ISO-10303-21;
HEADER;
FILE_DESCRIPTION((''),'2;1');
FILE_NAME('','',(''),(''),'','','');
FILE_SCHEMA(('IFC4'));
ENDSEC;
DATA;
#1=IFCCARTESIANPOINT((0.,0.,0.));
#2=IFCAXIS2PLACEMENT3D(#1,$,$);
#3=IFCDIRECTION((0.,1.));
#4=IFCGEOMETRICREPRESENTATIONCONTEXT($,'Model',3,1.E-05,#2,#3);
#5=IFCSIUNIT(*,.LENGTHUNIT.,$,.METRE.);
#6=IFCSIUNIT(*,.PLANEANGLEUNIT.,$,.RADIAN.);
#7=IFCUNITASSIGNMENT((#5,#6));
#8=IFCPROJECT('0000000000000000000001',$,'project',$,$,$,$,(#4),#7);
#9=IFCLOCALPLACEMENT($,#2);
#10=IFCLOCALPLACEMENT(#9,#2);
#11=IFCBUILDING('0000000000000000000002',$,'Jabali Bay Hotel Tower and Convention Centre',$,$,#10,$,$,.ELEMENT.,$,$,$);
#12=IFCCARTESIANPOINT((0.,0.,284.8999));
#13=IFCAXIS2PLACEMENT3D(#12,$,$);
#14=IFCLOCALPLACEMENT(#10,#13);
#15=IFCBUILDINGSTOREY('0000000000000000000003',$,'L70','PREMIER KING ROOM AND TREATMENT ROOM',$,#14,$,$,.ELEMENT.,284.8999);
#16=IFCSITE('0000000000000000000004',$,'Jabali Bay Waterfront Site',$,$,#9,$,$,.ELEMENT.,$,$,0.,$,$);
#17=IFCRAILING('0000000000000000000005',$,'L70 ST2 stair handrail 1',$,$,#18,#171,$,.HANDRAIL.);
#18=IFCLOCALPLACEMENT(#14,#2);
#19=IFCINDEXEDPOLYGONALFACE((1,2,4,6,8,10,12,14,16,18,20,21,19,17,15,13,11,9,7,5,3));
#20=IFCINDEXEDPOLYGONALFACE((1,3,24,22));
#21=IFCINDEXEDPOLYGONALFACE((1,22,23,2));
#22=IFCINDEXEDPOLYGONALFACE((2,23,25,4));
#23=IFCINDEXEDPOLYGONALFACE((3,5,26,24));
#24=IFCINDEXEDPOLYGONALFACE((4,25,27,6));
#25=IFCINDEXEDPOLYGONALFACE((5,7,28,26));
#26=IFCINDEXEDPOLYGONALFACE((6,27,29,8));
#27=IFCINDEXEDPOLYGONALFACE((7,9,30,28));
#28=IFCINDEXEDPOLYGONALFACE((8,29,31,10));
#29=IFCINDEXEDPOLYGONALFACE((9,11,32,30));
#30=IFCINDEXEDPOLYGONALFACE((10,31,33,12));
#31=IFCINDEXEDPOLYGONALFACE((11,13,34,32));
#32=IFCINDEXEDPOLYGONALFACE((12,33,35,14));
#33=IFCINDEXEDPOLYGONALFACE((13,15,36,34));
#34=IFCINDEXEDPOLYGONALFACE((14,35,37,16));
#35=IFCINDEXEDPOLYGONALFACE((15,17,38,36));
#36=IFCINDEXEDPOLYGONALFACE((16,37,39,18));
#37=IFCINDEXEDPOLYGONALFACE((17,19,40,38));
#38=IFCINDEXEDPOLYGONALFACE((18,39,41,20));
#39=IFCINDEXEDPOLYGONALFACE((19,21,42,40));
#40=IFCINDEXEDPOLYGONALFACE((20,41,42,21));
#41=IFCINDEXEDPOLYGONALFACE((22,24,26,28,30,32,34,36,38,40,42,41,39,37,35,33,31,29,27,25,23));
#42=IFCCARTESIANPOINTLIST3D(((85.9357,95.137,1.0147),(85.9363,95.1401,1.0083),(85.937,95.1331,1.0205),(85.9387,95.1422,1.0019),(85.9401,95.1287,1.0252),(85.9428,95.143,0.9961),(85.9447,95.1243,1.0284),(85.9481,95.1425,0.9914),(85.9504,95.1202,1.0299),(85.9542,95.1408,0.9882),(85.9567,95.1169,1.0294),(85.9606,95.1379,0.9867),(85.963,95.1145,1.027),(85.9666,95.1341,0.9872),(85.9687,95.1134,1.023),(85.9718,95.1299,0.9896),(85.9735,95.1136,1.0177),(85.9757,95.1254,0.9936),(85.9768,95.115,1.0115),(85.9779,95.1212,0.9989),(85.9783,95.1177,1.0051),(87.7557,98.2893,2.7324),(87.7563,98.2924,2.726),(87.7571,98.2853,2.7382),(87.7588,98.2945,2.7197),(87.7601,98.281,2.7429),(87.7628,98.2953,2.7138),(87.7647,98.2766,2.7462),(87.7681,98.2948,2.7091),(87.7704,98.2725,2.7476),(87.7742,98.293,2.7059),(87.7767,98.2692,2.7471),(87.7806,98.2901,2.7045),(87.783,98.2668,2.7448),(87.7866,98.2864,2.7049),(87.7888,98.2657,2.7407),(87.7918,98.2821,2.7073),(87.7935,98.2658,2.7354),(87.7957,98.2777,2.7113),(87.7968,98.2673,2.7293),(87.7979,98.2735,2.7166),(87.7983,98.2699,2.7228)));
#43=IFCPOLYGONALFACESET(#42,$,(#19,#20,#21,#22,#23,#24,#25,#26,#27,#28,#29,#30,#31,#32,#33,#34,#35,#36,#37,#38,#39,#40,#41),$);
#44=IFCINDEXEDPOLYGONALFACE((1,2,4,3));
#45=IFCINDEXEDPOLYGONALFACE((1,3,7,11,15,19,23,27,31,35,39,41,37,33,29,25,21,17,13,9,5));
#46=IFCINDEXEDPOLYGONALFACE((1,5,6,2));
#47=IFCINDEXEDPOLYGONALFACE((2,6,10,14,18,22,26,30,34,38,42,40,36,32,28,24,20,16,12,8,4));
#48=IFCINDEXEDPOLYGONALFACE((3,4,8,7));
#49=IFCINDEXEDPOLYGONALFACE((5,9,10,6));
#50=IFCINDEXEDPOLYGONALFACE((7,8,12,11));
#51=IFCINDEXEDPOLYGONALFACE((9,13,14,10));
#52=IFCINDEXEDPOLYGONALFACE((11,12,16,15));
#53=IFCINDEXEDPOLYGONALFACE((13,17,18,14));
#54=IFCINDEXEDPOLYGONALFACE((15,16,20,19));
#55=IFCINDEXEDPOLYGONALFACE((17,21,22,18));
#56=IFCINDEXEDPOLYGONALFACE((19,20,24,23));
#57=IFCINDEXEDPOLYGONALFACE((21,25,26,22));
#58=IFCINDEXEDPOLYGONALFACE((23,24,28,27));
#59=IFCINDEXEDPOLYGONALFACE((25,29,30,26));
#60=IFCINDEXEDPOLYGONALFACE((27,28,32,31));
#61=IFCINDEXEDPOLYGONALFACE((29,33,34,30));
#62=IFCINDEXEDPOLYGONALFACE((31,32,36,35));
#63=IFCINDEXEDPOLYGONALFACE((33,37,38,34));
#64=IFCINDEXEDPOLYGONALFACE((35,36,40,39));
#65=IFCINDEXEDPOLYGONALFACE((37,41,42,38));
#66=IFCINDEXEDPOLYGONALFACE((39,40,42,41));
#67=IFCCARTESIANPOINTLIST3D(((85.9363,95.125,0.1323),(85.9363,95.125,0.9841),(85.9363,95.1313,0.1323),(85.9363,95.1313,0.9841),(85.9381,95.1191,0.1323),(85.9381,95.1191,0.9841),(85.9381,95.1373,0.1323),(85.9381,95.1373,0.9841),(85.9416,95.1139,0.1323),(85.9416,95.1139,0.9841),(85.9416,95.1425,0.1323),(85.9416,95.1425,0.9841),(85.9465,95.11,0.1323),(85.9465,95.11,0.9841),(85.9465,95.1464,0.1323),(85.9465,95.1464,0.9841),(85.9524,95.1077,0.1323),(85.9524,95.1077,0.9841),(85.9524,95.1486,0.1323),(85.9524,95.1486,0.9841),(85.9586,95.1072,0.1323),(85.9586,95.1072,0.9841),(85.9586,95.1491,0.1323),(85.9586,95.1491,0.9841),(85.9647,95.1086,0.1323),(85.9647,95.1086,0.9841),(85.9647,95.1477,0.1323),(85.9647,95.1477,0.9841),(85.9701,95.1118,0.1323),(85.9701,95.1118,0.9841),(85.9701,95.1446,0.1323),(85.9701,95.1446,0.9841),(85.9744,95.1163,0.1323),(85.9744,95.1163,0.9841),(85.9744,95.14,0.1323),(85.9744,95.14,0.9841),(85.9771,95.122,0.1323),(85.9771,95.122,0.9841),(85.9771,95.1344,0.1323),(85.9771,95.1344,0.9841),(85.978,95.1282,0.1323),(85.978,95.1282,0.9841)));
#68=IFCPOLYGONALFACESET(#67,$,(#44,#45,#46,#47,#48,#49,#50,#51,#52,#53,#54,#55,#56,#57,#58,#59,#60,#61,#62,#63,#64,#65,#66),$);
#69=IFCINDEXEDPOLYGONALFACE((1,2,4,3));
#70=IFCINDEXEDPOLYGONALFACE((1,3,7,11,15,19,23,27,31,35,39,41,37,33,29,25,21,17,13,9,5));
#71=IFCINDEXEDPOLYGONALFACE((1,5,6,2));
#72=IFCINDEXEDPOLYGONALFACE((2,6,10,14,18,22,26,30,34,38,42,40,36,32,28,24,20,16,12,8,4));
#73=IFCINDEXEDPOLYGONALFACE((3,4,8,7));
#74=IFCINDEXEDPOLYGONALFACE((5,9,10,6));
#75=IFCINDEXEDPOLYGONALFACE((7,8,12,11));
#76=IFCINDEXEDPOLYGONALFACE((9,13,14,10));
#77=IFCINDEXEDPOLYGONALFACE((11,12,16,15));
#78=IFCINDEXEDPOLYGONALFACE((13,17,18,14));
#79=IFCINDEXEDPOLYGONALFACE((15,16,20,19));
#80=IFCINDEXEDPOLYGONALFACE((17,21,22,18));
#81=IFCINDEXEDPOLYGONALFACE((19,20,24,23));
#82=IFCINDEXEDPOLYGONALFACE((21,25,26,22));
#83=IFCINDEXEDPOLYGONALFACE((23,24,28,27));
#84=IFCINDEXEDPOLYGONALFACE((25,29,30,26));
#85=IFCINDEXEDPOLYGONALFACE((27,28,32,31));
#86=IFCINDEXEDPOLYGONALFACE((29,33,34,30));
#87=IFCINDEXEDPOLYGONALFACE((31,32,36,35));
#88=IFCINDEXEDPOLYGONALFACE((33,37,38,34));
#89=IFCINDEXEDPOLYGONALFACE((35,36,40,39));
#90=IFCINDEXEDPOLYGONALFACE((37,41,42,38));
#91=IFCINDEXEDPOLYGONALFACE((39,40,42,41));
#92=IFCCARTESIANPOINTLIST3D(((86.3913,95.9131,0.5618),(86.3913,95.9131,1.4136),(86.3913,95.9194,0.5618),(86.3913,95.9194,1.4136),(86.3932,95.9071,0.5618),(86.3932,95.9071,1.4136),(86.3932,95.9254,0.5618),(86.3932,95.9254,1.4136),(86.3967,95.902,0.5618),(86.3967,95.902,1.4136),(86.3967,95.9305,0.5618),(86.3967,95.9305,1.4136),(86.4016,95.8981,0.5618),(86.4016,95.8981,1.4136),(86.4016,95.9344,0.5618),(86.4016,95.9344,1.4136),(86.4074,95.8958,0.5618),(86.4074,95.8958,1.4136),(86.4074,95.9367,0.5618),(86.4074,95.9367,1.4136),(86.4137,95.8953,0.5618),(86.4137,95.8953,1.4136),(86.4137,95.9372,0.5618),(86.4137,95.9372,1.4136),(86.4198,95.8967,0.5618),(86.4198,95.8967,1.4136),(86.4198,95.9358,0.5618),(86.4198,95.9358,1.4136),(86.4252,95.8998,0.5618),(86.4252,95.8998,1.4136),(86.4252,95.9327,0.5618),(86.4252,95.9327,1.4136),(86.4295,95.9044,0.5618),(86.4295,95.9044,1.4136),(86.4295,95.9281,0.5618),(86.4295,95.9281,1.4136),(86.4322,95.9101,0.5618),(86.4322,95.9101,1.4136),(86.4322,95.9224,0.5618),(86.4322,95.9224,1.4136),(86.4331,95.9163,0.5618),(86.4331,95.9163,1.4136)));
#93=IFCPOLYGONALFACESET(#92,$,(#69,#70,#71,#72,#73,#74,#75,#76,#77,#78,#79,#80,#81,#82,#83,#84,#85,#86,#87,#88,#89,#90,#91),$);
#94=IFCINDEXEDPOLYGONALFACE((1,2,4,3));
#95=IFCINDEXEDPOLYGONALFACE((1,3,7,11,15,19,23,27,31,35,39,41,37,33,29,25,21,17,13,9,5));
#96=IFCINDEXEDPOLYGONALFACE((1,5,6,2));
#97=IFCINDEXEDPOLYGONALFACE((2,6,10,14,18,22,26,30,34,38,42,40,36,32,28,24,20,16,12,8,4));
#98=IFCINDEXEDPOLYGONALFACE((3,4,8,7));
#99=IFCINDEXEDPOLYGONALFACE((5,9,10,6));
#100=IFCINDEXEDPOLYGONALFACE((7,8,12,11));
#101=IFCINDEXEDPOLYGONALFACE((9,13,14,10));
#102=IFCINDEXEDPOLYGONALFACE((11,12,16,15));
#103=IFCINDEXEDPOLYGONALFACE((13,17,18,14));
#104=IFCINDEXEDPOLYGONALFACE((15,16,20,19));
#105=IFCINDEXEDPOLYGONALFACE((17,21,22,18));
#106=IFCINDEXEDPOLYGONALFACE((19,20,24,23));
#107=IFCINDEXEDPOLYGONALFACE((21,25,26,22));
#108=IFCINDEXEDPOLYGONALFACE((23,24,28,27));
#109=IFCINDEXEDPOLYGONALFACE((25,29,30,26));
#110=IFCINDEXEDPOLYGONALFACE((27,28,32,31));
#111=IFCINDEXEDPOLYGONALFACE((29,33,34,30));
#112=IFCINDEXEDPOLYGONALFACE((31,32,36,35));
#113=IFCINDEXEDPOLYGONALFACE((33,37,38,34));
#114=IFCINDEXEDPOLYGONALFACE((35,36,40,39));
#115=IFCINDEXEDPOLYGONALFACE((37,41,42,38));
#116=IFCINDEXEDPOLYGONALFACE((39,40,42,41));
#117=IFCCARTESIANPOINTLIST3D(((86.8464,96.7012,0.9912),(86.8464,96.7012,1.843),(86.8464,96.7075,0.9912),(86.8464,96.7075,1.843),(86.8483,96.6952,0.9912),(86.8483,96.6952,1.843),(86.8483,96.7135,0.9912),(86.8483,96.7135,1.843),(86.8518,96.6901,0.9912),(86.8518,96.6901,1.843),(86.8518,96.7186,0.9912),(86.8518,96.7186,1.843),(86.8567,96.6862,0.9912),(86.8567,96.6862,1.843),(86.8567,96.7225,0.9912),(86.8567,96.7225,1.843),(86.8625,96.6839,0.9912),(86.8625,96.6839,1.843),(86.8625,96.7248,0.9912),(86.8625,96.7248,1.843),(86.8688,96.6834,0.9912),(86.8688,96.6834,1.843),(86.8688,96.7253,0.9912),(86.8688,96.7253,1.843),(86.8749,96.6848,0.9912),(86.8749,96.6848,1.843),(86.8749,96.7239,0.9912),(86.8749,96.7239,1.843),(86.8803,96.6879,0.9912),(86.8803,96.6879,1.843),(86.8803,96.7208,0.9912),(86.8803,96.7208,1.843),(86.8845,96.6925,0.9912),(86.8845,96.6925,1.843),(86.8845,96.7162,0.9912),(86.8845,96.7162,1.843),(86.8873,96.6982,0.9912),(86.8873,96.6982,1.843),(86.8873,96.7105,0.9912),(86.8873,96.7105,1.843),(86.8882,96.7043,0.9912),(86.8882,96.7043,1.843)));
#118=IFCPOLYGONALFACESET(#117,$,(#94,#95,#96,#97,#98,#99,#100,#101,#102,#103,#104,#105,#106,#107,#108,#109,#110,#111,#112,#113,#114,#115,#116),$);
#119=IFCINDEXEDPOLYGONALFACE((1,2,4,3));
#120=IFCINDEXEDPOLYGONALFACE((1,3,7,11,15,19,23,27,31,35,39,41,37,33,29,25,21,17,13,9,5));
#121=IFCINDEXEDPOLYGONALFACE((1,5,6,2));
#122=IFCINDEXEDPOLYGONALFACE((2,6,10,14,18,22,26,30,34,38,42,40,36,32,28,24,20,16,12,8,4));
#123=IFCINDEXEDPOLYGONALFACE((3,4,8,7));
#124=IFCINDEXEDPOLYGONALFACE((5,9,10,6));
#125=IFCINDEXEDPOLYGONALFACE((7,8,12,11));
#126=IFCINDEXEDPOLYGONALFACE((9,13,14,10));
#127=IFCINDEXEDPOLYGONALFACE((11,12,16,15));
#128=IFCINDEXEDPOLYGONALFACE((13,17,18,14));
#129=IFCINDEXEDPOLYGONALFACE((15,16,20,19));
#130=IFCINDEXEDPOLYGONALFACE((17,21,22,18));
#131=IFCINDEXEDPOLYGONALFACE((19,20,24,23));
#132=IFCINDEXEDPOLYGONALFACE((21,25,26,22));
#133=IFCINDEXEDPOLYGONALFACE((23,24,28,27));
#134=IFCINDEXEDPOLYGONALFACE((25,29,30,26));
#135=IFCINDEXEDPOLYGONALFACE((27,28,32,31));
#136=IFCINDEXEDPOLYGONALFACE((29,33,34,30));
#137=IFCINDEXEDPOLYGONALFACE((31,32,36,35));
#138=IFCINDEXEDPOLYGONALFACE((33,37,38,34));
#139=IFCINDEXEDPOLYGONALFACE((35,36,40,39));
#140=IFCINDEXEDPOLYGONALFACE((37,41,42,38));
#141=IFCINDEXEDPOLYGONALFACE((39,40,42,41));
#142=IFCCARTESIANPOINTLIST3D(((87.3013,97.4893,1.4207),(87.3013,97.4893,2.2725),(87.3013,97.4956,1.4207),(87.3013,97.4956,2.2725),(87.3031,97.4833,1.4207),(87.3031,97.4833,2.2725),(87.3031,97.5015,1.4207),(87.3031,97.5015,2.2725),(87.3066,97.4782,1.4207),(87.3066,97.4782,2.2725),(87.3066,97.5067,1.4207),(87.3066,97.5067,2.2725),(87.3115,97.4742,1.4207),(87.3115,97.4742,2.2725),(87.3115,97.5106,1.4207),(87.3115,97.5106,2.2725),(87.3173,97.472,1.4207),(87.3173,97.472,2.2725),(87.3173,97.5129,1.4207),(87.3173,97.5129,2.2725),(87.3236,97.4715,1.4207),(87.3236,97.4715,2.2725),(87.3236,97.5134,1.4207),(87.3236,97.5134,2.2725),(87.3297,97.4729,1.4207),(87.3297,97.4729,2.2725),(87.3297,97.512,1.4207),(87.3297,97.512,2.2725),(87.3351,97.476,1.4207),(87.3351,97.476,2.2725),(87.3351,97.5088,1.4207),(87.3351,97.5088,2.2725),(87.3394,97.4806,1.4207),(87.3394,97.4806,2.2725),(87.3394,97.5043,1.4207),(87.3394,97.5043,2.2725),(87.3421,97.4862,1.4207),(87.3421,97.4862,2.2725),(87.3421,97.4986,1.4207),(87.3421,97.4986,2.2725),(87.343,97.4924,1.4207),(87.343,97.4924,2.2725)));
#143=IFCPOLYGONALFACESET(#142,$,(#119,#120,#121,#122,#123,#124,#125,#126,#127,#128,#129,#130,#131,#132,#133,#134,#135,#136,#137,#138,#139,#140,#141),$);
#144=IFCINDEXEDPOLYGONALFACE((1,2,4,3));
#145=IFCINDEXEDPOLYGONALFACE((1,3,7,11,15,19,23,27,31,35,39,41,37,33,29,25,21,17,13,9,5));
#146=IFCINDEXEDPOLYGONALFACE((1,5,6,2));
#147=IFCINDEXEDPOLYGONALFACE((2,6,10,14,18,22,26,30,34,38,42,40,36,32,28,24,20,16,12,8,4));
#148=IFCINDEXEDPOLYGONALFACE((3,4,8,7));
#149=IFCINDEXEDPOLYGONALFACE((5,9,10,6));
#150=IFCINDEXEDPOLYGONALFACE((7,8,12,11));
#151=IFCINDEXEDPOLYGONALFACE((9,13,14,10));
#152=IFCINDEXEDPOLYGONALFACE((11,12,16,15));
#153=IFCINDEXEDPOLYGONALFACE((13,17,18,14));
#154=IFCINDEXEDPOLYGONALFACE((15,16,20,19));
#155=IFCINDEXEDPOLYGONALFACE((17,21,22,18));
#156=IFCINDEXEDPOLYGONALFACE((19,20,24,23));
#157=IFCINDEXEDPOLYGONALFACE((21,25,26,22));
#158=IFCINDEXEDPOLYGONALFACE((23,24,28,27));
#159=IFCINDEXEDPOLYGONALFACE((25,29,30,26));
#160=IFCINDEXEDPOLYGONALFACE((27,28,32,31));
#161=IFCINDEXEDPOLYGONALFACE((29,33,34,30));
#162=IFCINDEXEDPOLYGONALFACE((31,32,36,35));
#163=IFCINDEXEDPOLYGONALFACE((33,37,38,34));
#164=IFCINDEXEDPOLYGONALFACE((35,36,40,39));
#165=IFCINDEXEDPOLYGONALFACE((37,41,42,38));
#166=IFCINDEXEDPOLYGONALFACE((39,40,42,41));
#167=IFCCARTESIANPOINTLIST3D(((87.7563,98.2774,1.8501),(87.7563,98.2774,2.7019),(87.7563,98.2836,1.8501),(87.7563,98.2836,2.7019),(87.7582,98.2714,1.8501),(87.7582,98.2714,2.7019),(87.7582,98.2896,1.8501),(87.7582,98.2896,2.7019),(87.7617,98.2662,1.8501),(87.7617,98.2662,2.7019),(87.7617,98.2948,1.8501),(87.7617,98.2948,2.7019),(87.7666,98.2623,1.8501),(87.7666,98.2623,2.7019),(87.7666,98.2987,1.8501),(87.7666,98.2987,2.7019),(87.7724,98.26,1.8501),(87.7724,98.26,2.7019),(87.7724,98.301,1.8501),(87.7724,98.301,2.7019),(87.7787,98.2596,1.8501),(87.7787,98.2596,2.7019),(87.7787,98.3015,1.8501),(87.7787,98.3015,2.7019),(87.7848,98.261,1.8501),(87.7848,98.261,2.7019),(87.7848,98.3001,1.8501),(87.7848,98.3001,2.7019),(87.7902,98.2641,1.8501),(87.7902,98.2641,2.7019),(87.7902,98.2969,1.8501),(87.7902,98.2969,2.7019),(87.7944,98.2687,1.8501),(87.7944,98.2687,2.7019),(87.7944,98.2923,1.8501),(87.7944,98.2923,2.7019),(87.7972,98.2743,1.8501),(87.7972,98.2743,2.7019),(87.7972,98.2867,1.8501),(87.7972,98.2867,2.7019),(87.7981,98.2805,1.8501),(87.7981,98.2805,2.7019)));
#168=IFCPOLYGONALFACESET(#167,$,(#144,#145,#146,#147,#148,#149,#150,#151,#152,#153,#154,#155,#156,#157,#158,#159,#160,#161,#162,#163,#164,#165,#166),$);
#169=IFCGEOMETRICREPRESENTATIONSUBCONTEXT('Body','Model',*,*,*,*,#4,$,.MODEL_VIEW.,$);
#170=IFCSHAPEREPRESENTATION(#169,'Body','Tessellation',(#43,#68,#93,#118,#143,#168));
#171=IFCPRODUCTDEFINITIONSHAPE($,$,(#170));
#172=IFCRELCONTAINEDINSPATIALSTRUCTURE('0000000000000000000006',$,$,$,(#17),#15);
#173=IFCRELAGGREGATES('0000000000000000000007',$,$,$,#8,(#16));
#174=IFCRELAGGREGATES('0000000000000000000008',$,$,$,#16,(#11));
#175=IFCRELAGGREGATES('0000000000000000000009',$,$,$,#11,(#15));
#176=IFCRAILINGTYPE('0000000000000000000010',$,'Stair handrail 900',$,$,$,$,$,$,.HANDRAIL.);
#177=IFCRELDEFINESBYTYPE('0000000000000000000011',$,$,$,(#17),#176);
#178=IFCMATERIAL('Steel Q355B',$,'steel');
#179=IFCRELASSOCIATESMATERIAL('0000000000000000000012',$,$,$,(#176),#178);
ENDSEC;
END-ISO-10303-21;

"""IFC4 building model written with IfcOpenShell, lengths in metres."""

from ifc_helpers import new_model, si_unit, direction, frame, origin, origin_2d, place, context, subcontext, project, spatial, circle, extrude, material, type_object, element, save


model = new_model("IFC4")

# Units and contexts
model_context = context("Model", 3, precision=1e-05, world=origin(), true_north=direction((0.0, 1.0)))
body_context = subcontext(model_context, "Body", "Model", "MODEL_VIEW")
ifc_project = project(units=[si_unit("LENGTHUNIT", "METRE"), si_unit("PLANEANGLEUNIT", "RADIAN")], contexts=[model_context])

# Site, building, storey
site_placement = place(None, origin())
site = spatial("IfcSite", under=ifc_project, at=site_placement, Name="Jabali Bay Waterfront Site", CompositionType="ELEMENT", RefElevation=0.0)
building_placement = place(site_placement, origin())
building = spatial("IfcBuilding", under=site, at=building_placement, Name="Jabali Bay Hotel Tower and Convention Centre", CompositionType="ELEMENT")
storey_placement = place(building_placement, frame((0.0, 0.0, 284.8999)))
storey = spatial("IfcBuildingStorey", under=building, at=storey_placement, Name="L70", Description="PREMIER KING ROOM AND TREATMENT ROOM", CompositionType="ELEMENT", Elevation=284.8999)

# Railing
ifc_material_1 = material(Name="Steel Q355B", Category="steel")
railing_type_1 = type_object("IfcRailingType", Name="Stair handrail 900", PredefinedType="HANDRAIL", material=ifc_material_1)
railing_1_placement = place(storey_placement, frame((85.957, 95.1282, 0.1323)))
element("IfcRailing", 1, at=railing_1_placement, inside=storey, type_object=railing_type_1, Name="L70 ST2 stair handrail 1", PredefinedType="HANDRAIL", context=body_context, shape_type="SweptSolid", body=[
    extrude(circle(Radius=0.0239, at=origin_2d()), frame((0.0, 0.0, 0.876), z_axis=(0.45219, 0.78319, 0.426775), x_axis=(-0.866018, 0.500013, 0.0)), (0.0, 0.0, 1.0), 4.0249),
    extrude(circle(Radius=0.021, at=origin_2d()), origin(), (0.0, 0.0, 1.0), 0.8518),
    extrude(circle(Radius=0.021, at=origin_2d()), frame((0.4551, 0.7881, 0.4294)), (0.0, 0.0, 1.0), 0.8518),
    extrude(circle(Radius=0.021, at=origin_2d()), frame((0.9102, 1.5762, 0.8589)), (0.0, 0.0, 1.0), 0.8518),
    extrude(circle(Radius=0.021, at=origin_2d()), frame((1.365, 2.3643, 1.2883)), (0.0, 0.0, 1.0), 0.8518),
    extrude(circle(Radius=0.021, at=origin_2d()), frame((1.8201, 3.1523, 1.7178)), (0.0, 0.0, 1.0), 0.8518),
])

save(model, "model.ifc")
